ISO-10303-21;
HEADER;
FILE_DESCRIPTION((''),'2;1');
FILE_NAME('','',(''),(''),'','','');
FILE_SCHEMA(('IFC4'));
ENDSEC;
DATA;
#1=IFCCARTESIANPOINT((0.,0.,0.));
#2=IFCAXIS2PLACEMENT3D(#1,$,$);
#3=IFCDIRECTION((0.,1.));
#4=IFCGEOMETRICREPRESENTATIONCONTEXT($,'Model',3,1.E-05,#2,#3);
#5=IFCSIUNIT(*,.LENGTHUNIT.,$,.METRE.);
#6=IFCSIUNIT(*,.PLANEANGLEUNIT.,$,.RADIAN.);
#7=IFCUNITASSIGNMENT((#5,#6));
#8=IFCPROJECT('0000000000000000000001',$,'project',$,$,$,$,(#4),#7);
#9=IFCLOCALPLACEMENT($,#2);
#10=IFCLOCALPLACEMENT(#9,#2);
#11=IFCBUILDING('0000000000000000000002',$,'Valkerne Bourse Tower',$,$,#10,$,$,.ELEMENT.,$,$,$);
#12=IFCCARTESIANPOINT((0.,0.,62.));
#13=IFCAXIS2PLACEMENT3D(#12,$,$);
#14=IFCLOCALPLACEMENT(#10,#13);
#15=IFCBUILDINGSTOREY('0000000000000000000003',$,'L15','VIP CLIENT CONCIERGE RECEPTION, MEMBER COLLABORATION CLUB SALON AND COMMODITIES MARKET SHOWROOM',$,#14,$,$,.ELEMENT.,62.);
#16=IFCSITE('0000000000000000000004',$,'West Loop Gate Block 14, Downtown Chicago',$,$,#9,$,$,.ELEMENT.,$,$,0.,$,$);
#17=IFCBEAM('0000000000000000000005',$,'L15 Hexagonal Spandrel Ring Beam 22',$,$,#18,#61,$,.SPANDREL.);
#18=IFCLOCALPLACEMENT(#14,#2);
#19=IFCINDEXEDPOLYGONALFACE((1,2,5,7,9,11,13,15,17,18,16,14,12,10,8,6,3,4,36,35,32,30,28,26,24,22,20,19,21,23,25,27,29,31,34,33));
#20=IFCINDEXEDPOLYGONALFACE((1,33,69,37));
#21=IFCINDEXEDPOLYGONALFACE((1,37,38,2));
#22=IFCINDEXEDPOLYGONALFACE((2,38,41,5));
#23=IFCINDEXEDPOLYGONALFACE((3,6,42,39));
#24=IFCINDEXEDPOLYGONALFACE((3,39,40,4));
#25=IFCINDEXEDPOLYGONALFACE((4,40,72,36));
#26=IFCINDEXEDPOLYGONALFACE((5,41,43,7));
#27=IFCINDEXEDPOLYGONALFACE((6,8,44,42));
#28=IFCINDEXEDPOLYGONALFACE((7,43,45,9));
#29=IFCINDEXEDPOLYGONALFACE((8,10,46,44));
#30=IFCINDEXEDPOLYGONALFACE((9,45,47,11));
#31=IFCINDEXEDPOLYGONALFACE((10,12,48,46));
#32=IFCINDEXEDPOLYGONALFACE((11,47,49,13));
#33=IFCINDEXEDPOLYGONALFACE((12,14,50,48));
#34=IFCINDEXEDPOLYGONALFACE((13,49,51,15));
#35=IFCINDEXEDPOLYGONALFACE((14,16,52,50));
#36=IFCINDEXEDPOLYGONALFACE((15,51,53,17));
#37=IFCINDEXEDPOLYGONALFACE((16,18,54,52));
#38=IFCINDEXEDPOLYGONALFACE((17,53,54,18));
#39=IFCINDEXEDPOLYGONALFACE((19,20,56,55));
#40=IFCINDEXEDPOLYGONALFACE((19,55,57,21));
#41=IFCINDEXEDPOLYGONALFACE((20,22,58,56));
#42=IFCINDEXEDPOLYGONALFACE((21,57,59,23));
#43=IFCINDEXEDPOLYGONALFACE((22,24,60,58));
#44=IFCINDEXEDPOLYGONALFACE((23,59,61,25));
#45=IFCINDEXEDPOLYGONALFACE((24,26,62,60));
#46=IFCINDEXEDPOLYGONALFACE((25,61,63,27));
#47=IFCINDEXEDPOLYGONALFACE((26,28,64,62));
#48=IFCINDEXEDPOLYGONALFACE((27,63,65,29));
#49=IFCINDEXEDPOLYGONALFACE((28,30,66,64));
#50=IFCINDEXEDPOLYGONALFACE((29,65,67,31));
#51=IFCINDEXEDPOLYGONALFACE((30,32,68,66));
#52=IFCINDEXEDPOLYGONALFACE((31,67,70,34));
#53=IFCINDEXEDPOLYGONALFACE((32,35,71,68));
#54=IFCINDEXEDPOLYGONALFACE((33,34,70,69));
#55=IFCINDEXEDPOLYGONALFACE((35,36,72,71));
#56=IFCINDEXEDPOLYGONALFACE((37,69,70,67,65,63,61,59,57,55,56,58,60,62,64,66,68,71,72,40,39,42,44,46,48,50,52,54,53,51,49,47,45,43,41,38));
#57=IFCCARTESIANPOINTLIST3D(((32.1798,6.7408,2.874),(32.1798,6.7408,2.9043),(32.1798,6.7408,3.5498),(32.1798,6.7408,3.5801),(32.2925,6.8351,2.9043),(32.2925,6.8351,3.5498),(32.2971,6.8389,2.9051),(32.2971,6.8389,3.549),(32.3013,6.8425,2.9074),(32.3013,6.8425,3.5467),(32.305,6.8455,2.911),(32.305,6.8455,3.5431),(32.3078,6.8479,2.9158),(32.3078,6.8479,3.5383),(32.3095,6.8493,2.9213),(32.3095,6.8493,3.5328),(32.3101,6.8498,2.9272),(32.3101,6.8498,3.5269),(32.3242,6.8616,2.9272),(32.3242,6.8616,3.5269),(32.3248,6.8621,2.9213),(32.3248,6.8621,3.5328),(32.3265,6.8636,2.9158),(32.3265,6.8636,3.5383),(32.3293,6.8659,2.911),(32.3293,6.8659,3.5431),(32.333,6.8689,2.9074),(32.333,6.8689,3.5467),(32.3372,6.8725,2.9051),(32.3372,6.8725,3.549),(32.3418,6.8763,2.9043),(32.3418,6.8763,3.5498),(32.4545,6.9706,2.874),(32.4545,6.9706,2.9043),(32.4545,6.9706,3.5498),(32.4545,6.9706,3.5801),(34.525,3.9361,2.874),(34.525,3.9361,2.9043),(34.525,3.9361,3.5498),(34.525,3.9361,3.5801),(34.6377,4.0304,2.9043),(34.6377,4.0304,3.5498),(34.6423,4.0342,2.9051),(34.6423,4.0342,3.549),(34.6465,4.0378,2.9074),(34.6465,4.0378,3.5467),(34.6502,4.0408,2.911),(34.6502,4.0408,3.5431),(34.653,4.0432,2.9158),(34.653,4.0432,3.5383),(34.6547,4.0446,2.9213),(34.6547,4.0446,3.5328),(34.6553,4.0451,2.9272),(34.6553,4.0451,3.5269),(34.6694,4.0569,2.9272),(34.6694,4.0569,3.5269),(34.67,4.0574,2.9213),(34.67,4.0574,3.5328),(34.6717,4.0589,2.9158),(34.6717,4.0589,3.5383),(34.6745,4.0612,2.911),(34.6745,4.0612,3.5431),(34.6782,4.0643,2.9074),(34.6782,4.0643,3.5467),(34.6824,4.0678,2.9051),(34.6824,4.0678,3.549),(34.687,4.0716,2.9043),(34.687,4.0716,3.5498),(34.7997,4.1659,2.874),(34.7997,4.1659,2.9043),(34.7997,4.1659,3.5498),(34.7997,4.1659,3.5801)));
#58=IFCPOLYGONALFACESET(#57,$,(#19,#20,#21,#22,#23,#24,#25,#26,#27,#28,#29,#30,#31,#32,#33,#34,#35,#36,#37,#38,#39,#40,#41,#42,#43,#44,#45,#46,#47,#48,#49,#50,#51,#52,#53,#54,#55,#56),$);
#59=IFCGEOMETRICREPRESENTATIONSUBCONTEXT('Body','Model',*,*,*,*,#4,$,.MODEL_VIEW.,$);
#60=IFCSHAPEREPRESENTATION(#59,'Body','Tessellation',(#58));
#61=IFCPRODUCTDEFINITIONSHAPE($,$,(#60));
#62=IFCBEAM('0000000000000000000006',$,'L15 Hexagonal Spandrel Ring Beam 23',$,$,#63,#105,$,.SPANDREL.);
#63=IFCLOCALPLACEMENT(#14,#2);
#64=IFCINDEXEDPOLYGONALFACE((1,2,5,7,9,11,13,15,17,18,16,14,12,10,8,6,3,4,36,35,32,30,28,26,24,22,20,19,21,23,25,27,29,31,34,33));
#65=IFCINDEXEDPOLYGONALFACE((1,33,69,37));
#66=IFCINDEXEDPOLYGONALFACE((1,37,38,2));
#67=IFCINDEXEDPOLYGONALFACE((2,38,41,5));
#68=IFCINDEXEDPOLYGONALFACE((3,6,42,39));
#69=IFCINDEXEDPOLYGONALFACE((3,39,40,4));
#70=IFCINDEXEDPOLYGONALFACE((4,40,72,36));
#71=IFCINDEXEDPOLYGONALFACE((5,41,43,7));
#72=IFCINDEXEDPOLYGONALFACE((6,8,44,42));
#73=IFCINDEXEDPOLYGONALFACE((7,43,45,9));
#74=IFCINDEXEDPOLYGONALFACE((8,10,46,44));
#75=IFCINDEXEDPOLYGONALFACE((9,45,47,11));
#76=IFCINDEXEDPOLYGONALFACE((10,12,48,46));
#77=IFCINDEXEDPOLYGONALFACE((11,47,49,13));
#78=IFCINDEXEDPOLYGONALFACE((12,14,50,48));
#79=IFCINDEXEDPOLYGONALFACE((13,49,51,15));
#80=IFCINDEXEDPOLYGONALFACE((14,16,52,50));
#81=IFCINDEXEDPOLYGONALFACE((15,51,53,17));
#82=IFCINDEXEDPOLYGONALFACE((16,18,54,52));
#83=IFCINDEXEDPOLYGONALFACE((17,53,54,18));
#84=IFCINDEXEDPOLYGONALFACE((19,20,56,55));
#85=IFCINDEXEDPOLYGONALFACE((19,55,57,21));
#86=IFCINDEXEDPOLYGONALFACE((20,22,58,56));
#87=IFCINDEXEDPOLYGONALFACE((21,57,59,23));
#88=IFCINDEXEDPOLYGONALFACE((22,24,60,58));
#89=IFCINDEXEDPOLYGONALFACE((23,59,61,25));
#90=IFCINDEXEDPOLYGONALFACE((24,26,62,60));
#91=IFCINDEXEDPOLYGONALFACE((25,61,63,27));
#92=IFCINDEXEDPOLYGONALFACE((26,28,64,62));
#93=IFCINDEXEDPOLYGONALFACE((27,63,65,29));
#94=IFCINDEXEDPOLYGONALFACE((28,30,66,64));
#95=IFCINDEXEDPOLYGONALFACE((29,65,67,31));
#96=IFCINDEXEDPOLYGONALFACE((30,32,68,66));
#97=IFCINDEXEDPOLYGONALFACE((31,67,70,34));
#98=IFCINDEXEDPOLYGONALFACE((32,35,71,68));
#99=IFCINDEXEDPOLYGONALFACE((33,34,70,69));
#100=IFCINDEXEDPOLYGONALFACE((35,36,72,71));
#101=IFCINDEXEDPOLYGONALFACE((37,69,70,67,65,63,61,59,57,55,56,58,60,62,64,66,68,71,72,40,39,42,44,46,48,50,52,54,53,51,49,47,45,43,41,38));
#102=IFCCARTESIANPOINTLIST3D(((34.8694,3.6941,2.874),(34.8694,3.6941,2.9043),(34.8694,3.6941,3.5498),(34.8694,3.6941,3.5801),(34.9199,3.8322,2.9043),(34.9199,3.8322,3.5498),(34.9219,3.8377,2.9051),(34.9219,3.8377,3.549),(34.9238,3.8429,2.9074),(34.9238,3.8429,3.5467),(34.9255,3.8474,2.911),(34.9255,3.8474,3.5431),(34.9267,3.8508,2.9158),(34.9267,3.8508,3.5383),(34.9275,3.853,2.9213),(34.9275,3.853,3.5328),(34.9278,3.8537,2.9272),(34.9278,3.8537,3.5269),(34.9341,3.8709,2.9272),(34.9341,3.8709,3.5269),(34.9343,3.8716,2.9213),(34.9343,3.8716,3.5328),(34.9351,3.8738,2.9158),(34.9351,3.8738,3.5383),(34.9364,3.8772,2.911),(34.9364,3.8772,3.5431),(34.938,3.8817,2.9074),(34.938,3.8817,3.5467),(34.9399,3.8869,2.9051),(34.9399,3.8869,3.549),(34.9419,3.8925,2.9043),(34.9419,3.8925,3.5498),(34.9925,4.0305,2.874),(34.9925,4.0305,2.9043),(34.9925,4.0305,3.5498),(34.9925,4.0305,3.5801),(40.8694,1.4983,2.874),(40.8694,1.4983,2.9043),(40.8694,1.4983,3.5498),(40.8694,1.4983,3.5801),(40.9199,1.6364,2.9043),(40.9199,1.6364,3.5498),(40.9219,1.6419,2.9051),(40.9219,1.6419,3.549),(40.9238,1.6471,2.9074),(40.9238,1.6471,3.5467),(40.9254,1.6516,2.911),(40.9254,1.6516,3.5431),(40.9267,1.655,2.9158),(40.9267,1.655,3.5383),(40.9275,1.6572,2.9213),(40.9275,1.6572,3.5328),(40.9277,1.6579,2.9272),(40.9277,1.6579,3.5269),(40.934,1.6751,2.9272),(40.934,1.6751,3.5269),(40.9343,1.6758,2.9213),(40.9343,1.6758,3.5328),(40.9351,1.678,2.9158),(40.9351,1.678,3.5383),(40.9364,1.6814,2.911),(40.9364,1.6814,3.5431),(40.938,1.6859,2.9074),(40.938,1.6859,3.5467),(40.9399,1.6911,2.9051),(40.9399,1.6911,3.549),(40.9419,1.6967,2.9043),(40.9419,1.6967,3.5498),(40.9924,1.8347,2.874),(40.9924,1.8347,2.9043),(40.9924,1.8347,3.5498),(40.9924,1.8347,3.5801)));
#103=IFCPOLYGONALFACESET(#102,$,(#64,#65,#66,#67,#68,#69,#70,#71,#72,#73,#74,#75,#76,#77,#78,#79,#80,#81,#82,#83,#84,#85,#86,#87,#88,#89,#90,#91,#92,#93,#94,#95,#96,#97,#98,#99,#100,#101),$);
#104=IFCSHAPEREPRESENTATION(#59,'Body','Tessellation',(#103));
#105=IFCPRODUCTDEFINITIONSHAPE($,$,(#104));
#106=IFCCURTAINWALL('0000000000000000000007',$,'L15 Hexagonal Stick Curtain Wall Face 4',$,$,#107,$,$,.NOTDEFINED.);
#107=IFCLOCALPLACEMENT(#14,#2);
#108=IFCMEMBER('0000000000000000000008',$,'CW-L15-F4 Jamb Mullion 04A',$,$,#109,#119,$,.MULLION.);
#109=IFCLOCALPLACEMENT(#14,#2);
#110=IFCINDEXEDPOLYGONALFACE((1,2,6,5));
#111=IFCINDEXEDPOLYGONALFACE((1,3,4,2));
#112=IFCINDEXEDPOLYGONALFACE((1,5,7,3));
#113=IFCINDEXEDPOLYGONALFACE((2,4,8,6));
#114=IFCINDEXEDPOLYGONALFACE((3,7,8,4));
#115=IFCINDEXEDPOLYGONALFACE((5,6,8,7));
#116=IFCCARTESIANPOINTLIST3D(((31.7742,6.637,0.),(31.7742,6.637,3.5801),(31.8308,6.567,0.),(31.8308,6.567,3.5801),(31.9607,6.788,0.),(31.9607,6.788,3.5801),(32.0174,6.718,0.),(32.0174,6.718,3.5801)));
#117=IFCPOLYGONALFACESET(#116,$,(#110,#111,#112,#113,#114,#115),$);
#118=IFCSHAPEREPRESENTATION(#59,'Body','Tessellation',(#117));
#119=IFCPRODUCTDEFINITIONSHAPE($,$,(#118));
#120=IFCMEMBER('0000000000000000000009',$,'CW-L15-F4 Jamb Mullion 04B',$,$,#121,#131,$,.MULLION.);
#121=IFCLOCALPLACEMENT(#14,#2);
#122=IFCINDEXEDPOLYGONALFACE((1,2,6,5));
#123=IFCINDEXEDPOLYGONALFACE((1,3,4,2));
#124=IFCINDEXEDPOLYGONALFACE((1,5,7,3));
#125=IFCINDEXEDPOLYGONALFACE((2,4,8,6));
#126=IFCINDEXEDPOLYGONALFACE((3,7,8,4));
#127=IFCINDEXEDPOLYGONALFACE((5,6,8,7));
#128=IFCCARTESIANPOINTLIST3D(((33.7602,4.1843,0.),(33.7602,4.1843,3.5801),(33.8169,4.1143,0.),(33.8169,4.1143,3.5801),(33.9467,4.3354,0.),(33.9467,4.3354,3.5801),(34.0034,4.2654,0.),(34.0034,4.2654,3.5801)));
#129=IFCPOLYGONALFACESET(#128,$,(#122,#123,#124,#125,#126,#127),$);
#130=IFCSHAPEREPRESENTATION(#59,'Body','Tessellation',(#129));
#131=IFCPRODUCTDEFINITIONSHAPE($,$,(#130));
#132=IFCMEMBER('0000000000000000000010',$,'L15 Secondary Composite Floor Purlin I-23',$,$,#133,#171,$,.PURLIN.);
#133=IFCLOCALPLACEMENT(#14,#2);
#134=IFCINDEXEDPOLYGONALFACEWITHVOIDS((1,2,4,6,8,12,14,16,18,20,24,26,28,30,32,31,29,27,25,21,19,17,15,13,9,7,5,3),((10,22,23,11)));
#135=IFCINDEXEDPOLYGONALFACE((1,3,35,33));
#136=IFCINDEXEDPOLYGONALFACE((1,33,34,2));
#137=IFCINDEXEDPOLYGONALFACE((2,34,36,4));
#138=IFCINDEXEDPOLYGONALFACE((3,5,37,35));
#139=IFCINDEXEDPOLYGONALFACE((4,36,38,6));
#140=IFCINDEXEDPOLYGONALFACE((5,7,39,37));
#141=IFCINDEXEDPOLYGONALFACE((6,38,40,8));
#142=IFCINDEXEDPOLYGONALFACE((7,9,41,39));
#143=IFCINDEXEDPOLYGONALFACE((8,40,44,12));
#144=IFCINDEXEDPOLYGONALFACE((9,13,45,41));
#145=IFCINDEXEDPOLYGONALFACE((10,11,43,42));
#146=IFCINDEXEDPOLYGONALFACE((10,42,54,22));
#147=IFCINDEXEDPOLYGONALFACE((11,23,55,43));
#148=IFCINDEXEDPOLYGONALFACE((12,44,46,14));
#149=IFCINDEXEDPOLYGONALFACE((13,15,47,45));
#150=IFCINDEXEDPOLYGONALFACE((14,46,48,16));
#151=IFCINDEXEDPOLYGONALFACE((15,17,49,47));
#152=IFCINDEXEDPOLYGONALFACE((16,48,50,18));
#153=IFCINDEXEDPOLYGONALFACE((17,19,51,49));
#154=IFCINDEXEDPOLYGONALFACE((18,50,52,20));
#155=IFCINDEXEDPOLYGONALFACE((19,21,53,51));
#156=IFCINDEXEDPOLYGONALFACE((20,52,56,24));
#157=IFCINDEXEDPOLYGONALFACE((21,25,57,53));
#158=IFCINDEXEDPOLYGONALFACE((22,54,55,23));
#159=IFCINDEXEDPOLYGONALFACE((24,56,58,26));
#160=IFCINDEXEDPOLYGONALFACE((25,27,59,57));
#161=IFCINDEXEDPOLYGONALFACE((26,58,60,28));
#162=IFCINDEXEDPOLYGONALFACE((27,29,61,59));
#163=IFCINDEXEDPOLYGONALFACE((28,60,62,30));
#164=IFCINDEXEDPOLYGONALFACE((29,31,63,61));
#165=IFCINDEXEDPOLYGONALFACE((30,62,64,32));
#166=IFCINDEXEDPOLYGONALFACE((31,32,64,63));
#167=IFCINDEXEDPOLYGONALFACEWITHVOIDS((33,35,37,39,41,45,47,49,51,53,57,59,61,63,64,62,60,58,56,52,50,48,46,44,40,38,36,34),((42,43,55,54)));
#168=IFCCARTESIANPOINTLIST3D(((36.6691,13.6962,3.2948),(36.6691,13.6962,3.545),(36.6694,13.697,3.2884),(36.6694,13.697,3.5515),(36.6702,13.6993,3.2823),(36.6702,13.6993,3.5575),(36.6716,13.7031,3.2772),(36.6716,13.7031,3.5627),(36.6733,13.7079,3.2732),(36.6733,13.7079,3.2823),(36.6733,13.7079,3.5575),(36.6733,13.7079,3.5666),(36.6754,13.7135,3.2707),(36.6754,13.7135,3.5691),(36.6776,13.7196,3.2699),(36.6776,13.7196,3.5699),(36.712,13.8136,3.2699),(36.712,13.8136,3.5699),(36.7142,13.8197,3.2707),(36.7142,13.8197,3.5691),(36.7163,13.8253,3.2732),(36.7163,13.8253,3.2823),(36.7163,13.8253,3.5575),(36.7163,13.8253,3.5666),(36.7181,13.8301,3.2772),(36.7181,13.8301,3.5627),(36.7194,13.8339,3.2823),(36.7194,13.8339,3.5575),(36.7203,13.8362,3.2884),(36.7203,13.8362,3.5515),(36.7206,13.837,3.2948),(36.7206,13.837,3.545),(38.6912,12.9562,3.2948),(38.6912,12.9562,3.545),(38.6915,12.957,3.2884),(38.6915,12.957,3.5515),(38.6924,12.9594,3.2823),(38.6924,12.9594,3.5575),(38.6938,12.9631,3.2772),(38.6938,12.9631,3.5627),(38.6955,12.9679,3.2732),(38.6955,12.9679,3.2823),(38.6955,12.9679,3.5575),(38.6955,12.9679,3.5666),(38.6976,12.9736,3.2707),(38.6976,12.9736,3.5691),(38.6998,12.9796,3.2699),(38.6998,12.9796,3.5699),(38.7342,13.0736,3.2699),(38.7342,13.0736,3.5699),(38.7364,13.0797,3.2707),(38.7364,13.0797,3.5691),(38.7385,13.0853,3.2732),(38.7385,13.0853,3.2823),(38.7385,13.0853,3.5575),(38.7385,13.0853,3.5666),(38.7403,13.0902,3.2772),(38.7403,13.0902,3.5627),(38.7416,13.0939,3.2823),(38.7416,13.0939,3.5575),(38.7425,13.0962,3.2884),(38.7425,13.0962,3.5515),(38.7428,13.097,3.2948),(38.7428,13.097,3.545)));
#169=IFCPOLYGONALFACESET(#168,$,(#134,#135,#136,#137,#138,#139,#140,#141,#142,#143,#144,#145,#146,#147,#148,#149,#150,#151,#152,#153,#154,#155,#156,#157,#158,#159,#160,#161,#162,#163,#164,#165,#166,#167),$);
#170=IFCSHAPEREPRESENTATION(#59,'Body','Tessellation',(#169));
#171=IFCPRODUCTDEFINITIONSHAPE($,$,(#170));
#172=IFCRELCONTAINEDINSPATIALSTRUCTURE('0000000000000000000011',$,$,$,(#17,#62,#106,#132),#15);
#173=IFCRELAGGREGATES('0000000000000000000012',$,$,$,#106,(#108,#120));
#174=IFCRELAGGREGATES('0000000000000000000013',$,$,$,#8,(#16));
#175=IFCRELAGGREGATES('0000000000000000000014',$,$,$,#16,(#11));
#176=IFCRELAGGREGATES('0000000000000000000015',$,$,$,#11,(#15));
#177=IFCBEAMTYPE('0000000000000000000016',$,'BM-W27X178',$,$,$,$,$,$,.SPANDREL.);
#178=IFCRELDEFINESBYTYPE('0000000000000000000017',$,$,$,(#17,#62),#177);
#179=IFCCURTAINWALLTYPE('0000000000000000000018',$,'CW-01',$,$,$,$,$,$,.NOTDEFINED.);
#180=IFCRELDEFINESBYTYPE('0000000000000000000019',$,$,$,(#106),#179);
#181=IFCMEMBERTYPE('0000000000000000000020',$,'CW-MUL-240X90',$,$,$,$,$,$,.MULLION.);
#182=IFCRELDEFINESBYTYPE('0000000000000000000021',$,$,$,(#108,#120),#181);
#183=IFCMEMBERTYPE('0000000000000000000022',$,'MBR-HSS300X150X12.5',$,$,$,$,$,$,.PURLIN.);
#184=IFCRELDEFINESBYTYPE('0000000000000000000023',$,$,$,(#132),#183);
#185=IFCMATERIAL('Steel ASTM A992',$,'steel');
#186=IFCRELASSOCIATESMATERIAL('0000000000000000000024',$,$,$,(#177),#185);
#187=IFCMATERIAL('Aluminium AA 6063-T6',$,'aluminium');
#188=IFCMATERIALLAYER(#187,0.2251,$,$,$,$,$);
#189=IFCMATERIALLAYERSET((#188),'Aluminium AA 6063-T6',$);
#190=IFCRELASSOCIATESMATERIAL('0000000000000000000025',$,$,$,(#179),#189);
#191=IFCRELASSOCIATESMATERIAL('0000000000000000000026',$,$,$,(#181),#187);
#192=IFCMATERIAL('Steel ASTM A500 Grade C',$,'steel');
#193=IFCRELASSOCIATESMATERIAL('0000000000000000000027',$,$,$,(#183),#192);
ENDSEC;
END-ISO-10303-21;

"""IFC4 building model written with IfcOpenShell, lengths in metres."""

from ifc_helpers import new_model, si_unit, direction, frame, origin, origin_2d, place, context, subcontext, project, spatial, rectangle, hollow_rectangle, i_section, extrude, material, layer, layer_set, material_profile, profile_set, type_object, element, aggregate, save


model = new_model("IFC4")

# Units and contexts
model_context = context("Model", 3, precision=1e-05, world=origin(), true_north=direction((0.0, 1.0)))
body_context = subcontext(model_context, "Body", "Model", "MODEL_VIEW")
ifc_project = project(units=[si_unit("LENGTHUNIT", "METRE"), si_unit("PLANEANGLEUNIT", "RADIAN")], contexts=[model_context])

# Site, building, storey
site_placement = place(None, origin())
site = spatial("IfcSite", under=ifc_project, at=site_placement, Name="West Loop Gate Block 14, Downtown Chicago", CompositionType="ELEMENT", RefElevation=0.0)
building_placement = place(site_placement, origin())
building = spatial("IfcBuilding", under=site, at=building_placement, Name="Valkerne Bourse Tower", CompositionType="ELEMENT")
storey_placement = place(building_placement, frame((0.0, 0.0, 62.0)))
storey = spatial("IfcBuildingStorey", under=building, at=storey_placement, Name="L15", Description="VIP CLIENT CONCIERGE RECEPTION, MEMBER COLLABORATION CLUB SALON AND COMMODITIES MARKET SHOWROOM", CompositionType="ELEMENT", Elevation=62.0)

# Beams
ifc_material_1 = material(Name="Steel ASTM A992", Category="steel")
ifc_material_profile_1 = material_profile(ifc_material_1, i_section(OverallWidth=0.3582, OverallDepth=0.7061, WebThickness=0.0183, FlangeThickness=0.0303, FilletRadius=0.0229, at=origin_2d()), Name="W27X178")
ifc_profile_set_1 = profile_set([ifc_material_profile_1], Name="Steel ASTM A992")
beam_type_1 = type_object("IfcBeamType", Name="BM-W27X178", PredefinedType="SPANDREL", material=ifc_profile_set_1)
beam_1_placement = place(storey_placement, frame((32.3171, 6.8557, 3.2271), z_axis=(0.641471, -0.767147, 0.0), x_axis=(0.767147, 0.641471, 0.0)))
element("IfcBeam", 1, at=beam_1_placement, inside=storey, type_object=beam_type_1, Name="L15 Hexagonal Spandrel Ring Beam 22", PredefinedType="SPANDREL", context=body_context, shape_type="SweptSolid", body=[
    extrude(i_section(OverallWidth=0.3582, OverallDepth=0.7061, WebThickness=0.0183, FlangeThickness=0.0303, FilletRadius=0.0229, at=origin_2d()), origin(), (0.0, 0.0, 1.0), 3.656),
])
beam_2_placement = place(storey_placement, frame((34.9309, 3.8623, 3.2271), z_axis=(0.939089, -0.343675, 0.0), x_axis=(0.343675, 0.939089, 0.0)))
element("IfcBeam", 2, at=beam_2_placement, inside=storey, type_object=beam_type_1, Name="L15 Hexagonal Spandrel Ring Beam 23", PredefinedType="SPANDREL", context=body_context, shape_type="SweptSolid", body=[
    extrude(i_section(OverallWidth=0.3582, OverallDepth=0.7061, WebThickness=0.0183, FlangeThickness=0.0303, FilletRadius=0.0229, at=origin_2d()), origin(), (0.0, 0.0, 1.0), 6.3892),
])

# Curtain wall, members
ifc_material_2 = material(Name="Aluminium AA 6063-T6", Category="aluminium")
ifc_layer_1 = layer(ifc_material_2, 0.2251)
ifc_layer_set_1 = layer_set([ifc_layer_1], Name="Aluminium AA 6063-T6")
curtain_wall_type = type_object("IfcCurtainWallType", Name="CW-01", PredefinedType="NOTDEFINED", material=ifc_layer_set_1)
curtain_wall_placement = place(storey_placement, origin())
curtain_wall = element("IfcCurtainWall", 3, at=curtain_wall_placement, inside=storey, type_object=curtain_wall_type, Name="L15 Hexagonal Stick Curtain Wall Face 4", PredefinedType="NOTDEFINED")
ifc_material_profile_2 = material_profile(ifc_material_2, rectangle(XDim=0.0901, YDim=0.24, at=origin_2d()), Name="CWM-90X240")
ifc_profile_set_2 = profile_set([ifc_material_profile_2], Name="Aluminium AA 6063-T6")
member_type_1 = type_object("IfcMemberType", Name="CW-MUL-240X90", PredefinedType="MULLION", material=ifc_profile_set_2)
member_1_placement = place(storey_placement, frame((31.8958, 6.6775, 0.0), z_axis=(0.0, 0.0, 1.0), x_axis=(0.629335, -0.777134, 0.0)))
member_1 = element("IfcMember", 4, at=member_1_placement, type_object=member_type_1, Name="CW-L15-F4 Jamb Mullion 04A", PredefinedType="MULLION", context=body_context, shape_type="SweptSolid", body=[
    extrude(rectangle(XDim=0.0901, YDim=0.24, at=origin_2d()), origin(), (0.0, 0.0, 1.0), 3.5801),
])
member_2_placement = place(storey_placement, frame((33.8818, 4.2249, 0.0), z_axis=(0.0, 0.0, 1.0), x_axis=(0.629335, -0.777134, 0.0)))
member_2 = element("IfcMember", 5, at=member_2_placement, type_object=member_type_1, Name="CW-L15-F4 Jamb Mullion 04B", PredefinedType="MULLION", context=body_context, shape_type="SweptSolid", body=[
    extrude(rectangle(XDim=0.0901, YDim=0.24, at=origin_2d()), origin(), (0.0, 0.0, 1.0), 3.5801),
])

# Member
ifc_material_3 = material(Name="Steel ASTM A500 Grade C", Category="steel")
ifc_material_profile_3 = material_profile(ifc_material_3, hollow_rectangle(XDim=0.1499, YDim=0.3, WallThickness=0.0125, OuterFilletRadius=0.0249, at=origin_2d()), Name="HSS300X150X12.5")
ifc_profile_set_3 = profile_set([ifc_material_profile_3], Name="Steel ASTM A500 Grade C")
member_type_2 = type_object("IfcMemberType", Name="MBR-HSS300X150X12.5", PredefinedType="PURLIN", material=ifc_profile_set_3)
member_3_placement = place(storey_placement, frame((36.6948, 13.7666, 3.4199), z_axis=(0.9391, -0.343645, 0.0), x_axis=(0.343645, 0.9391, 0.0)))
element("IfcMember", 6, at=member_3_placement, inside=storey, type_object=member_type_2, Name="L15 Secondary Composite Floor Purlin I-23", PredefinedType="PURLIN", context=body_context, shape_type="SweptSolid", body=[
    extrude(hollow_rectangle(XDim=0.1499, YDim=0.3, WallThickness=0.0125, OuterFilletRadius=0.0249, at=origin_2d()), origin(), (0.0, 0.0, 1.0), 2.1533),
])

aggregate(curtain_wall, [member_1, member_2])

save(model, "model.ifc")
